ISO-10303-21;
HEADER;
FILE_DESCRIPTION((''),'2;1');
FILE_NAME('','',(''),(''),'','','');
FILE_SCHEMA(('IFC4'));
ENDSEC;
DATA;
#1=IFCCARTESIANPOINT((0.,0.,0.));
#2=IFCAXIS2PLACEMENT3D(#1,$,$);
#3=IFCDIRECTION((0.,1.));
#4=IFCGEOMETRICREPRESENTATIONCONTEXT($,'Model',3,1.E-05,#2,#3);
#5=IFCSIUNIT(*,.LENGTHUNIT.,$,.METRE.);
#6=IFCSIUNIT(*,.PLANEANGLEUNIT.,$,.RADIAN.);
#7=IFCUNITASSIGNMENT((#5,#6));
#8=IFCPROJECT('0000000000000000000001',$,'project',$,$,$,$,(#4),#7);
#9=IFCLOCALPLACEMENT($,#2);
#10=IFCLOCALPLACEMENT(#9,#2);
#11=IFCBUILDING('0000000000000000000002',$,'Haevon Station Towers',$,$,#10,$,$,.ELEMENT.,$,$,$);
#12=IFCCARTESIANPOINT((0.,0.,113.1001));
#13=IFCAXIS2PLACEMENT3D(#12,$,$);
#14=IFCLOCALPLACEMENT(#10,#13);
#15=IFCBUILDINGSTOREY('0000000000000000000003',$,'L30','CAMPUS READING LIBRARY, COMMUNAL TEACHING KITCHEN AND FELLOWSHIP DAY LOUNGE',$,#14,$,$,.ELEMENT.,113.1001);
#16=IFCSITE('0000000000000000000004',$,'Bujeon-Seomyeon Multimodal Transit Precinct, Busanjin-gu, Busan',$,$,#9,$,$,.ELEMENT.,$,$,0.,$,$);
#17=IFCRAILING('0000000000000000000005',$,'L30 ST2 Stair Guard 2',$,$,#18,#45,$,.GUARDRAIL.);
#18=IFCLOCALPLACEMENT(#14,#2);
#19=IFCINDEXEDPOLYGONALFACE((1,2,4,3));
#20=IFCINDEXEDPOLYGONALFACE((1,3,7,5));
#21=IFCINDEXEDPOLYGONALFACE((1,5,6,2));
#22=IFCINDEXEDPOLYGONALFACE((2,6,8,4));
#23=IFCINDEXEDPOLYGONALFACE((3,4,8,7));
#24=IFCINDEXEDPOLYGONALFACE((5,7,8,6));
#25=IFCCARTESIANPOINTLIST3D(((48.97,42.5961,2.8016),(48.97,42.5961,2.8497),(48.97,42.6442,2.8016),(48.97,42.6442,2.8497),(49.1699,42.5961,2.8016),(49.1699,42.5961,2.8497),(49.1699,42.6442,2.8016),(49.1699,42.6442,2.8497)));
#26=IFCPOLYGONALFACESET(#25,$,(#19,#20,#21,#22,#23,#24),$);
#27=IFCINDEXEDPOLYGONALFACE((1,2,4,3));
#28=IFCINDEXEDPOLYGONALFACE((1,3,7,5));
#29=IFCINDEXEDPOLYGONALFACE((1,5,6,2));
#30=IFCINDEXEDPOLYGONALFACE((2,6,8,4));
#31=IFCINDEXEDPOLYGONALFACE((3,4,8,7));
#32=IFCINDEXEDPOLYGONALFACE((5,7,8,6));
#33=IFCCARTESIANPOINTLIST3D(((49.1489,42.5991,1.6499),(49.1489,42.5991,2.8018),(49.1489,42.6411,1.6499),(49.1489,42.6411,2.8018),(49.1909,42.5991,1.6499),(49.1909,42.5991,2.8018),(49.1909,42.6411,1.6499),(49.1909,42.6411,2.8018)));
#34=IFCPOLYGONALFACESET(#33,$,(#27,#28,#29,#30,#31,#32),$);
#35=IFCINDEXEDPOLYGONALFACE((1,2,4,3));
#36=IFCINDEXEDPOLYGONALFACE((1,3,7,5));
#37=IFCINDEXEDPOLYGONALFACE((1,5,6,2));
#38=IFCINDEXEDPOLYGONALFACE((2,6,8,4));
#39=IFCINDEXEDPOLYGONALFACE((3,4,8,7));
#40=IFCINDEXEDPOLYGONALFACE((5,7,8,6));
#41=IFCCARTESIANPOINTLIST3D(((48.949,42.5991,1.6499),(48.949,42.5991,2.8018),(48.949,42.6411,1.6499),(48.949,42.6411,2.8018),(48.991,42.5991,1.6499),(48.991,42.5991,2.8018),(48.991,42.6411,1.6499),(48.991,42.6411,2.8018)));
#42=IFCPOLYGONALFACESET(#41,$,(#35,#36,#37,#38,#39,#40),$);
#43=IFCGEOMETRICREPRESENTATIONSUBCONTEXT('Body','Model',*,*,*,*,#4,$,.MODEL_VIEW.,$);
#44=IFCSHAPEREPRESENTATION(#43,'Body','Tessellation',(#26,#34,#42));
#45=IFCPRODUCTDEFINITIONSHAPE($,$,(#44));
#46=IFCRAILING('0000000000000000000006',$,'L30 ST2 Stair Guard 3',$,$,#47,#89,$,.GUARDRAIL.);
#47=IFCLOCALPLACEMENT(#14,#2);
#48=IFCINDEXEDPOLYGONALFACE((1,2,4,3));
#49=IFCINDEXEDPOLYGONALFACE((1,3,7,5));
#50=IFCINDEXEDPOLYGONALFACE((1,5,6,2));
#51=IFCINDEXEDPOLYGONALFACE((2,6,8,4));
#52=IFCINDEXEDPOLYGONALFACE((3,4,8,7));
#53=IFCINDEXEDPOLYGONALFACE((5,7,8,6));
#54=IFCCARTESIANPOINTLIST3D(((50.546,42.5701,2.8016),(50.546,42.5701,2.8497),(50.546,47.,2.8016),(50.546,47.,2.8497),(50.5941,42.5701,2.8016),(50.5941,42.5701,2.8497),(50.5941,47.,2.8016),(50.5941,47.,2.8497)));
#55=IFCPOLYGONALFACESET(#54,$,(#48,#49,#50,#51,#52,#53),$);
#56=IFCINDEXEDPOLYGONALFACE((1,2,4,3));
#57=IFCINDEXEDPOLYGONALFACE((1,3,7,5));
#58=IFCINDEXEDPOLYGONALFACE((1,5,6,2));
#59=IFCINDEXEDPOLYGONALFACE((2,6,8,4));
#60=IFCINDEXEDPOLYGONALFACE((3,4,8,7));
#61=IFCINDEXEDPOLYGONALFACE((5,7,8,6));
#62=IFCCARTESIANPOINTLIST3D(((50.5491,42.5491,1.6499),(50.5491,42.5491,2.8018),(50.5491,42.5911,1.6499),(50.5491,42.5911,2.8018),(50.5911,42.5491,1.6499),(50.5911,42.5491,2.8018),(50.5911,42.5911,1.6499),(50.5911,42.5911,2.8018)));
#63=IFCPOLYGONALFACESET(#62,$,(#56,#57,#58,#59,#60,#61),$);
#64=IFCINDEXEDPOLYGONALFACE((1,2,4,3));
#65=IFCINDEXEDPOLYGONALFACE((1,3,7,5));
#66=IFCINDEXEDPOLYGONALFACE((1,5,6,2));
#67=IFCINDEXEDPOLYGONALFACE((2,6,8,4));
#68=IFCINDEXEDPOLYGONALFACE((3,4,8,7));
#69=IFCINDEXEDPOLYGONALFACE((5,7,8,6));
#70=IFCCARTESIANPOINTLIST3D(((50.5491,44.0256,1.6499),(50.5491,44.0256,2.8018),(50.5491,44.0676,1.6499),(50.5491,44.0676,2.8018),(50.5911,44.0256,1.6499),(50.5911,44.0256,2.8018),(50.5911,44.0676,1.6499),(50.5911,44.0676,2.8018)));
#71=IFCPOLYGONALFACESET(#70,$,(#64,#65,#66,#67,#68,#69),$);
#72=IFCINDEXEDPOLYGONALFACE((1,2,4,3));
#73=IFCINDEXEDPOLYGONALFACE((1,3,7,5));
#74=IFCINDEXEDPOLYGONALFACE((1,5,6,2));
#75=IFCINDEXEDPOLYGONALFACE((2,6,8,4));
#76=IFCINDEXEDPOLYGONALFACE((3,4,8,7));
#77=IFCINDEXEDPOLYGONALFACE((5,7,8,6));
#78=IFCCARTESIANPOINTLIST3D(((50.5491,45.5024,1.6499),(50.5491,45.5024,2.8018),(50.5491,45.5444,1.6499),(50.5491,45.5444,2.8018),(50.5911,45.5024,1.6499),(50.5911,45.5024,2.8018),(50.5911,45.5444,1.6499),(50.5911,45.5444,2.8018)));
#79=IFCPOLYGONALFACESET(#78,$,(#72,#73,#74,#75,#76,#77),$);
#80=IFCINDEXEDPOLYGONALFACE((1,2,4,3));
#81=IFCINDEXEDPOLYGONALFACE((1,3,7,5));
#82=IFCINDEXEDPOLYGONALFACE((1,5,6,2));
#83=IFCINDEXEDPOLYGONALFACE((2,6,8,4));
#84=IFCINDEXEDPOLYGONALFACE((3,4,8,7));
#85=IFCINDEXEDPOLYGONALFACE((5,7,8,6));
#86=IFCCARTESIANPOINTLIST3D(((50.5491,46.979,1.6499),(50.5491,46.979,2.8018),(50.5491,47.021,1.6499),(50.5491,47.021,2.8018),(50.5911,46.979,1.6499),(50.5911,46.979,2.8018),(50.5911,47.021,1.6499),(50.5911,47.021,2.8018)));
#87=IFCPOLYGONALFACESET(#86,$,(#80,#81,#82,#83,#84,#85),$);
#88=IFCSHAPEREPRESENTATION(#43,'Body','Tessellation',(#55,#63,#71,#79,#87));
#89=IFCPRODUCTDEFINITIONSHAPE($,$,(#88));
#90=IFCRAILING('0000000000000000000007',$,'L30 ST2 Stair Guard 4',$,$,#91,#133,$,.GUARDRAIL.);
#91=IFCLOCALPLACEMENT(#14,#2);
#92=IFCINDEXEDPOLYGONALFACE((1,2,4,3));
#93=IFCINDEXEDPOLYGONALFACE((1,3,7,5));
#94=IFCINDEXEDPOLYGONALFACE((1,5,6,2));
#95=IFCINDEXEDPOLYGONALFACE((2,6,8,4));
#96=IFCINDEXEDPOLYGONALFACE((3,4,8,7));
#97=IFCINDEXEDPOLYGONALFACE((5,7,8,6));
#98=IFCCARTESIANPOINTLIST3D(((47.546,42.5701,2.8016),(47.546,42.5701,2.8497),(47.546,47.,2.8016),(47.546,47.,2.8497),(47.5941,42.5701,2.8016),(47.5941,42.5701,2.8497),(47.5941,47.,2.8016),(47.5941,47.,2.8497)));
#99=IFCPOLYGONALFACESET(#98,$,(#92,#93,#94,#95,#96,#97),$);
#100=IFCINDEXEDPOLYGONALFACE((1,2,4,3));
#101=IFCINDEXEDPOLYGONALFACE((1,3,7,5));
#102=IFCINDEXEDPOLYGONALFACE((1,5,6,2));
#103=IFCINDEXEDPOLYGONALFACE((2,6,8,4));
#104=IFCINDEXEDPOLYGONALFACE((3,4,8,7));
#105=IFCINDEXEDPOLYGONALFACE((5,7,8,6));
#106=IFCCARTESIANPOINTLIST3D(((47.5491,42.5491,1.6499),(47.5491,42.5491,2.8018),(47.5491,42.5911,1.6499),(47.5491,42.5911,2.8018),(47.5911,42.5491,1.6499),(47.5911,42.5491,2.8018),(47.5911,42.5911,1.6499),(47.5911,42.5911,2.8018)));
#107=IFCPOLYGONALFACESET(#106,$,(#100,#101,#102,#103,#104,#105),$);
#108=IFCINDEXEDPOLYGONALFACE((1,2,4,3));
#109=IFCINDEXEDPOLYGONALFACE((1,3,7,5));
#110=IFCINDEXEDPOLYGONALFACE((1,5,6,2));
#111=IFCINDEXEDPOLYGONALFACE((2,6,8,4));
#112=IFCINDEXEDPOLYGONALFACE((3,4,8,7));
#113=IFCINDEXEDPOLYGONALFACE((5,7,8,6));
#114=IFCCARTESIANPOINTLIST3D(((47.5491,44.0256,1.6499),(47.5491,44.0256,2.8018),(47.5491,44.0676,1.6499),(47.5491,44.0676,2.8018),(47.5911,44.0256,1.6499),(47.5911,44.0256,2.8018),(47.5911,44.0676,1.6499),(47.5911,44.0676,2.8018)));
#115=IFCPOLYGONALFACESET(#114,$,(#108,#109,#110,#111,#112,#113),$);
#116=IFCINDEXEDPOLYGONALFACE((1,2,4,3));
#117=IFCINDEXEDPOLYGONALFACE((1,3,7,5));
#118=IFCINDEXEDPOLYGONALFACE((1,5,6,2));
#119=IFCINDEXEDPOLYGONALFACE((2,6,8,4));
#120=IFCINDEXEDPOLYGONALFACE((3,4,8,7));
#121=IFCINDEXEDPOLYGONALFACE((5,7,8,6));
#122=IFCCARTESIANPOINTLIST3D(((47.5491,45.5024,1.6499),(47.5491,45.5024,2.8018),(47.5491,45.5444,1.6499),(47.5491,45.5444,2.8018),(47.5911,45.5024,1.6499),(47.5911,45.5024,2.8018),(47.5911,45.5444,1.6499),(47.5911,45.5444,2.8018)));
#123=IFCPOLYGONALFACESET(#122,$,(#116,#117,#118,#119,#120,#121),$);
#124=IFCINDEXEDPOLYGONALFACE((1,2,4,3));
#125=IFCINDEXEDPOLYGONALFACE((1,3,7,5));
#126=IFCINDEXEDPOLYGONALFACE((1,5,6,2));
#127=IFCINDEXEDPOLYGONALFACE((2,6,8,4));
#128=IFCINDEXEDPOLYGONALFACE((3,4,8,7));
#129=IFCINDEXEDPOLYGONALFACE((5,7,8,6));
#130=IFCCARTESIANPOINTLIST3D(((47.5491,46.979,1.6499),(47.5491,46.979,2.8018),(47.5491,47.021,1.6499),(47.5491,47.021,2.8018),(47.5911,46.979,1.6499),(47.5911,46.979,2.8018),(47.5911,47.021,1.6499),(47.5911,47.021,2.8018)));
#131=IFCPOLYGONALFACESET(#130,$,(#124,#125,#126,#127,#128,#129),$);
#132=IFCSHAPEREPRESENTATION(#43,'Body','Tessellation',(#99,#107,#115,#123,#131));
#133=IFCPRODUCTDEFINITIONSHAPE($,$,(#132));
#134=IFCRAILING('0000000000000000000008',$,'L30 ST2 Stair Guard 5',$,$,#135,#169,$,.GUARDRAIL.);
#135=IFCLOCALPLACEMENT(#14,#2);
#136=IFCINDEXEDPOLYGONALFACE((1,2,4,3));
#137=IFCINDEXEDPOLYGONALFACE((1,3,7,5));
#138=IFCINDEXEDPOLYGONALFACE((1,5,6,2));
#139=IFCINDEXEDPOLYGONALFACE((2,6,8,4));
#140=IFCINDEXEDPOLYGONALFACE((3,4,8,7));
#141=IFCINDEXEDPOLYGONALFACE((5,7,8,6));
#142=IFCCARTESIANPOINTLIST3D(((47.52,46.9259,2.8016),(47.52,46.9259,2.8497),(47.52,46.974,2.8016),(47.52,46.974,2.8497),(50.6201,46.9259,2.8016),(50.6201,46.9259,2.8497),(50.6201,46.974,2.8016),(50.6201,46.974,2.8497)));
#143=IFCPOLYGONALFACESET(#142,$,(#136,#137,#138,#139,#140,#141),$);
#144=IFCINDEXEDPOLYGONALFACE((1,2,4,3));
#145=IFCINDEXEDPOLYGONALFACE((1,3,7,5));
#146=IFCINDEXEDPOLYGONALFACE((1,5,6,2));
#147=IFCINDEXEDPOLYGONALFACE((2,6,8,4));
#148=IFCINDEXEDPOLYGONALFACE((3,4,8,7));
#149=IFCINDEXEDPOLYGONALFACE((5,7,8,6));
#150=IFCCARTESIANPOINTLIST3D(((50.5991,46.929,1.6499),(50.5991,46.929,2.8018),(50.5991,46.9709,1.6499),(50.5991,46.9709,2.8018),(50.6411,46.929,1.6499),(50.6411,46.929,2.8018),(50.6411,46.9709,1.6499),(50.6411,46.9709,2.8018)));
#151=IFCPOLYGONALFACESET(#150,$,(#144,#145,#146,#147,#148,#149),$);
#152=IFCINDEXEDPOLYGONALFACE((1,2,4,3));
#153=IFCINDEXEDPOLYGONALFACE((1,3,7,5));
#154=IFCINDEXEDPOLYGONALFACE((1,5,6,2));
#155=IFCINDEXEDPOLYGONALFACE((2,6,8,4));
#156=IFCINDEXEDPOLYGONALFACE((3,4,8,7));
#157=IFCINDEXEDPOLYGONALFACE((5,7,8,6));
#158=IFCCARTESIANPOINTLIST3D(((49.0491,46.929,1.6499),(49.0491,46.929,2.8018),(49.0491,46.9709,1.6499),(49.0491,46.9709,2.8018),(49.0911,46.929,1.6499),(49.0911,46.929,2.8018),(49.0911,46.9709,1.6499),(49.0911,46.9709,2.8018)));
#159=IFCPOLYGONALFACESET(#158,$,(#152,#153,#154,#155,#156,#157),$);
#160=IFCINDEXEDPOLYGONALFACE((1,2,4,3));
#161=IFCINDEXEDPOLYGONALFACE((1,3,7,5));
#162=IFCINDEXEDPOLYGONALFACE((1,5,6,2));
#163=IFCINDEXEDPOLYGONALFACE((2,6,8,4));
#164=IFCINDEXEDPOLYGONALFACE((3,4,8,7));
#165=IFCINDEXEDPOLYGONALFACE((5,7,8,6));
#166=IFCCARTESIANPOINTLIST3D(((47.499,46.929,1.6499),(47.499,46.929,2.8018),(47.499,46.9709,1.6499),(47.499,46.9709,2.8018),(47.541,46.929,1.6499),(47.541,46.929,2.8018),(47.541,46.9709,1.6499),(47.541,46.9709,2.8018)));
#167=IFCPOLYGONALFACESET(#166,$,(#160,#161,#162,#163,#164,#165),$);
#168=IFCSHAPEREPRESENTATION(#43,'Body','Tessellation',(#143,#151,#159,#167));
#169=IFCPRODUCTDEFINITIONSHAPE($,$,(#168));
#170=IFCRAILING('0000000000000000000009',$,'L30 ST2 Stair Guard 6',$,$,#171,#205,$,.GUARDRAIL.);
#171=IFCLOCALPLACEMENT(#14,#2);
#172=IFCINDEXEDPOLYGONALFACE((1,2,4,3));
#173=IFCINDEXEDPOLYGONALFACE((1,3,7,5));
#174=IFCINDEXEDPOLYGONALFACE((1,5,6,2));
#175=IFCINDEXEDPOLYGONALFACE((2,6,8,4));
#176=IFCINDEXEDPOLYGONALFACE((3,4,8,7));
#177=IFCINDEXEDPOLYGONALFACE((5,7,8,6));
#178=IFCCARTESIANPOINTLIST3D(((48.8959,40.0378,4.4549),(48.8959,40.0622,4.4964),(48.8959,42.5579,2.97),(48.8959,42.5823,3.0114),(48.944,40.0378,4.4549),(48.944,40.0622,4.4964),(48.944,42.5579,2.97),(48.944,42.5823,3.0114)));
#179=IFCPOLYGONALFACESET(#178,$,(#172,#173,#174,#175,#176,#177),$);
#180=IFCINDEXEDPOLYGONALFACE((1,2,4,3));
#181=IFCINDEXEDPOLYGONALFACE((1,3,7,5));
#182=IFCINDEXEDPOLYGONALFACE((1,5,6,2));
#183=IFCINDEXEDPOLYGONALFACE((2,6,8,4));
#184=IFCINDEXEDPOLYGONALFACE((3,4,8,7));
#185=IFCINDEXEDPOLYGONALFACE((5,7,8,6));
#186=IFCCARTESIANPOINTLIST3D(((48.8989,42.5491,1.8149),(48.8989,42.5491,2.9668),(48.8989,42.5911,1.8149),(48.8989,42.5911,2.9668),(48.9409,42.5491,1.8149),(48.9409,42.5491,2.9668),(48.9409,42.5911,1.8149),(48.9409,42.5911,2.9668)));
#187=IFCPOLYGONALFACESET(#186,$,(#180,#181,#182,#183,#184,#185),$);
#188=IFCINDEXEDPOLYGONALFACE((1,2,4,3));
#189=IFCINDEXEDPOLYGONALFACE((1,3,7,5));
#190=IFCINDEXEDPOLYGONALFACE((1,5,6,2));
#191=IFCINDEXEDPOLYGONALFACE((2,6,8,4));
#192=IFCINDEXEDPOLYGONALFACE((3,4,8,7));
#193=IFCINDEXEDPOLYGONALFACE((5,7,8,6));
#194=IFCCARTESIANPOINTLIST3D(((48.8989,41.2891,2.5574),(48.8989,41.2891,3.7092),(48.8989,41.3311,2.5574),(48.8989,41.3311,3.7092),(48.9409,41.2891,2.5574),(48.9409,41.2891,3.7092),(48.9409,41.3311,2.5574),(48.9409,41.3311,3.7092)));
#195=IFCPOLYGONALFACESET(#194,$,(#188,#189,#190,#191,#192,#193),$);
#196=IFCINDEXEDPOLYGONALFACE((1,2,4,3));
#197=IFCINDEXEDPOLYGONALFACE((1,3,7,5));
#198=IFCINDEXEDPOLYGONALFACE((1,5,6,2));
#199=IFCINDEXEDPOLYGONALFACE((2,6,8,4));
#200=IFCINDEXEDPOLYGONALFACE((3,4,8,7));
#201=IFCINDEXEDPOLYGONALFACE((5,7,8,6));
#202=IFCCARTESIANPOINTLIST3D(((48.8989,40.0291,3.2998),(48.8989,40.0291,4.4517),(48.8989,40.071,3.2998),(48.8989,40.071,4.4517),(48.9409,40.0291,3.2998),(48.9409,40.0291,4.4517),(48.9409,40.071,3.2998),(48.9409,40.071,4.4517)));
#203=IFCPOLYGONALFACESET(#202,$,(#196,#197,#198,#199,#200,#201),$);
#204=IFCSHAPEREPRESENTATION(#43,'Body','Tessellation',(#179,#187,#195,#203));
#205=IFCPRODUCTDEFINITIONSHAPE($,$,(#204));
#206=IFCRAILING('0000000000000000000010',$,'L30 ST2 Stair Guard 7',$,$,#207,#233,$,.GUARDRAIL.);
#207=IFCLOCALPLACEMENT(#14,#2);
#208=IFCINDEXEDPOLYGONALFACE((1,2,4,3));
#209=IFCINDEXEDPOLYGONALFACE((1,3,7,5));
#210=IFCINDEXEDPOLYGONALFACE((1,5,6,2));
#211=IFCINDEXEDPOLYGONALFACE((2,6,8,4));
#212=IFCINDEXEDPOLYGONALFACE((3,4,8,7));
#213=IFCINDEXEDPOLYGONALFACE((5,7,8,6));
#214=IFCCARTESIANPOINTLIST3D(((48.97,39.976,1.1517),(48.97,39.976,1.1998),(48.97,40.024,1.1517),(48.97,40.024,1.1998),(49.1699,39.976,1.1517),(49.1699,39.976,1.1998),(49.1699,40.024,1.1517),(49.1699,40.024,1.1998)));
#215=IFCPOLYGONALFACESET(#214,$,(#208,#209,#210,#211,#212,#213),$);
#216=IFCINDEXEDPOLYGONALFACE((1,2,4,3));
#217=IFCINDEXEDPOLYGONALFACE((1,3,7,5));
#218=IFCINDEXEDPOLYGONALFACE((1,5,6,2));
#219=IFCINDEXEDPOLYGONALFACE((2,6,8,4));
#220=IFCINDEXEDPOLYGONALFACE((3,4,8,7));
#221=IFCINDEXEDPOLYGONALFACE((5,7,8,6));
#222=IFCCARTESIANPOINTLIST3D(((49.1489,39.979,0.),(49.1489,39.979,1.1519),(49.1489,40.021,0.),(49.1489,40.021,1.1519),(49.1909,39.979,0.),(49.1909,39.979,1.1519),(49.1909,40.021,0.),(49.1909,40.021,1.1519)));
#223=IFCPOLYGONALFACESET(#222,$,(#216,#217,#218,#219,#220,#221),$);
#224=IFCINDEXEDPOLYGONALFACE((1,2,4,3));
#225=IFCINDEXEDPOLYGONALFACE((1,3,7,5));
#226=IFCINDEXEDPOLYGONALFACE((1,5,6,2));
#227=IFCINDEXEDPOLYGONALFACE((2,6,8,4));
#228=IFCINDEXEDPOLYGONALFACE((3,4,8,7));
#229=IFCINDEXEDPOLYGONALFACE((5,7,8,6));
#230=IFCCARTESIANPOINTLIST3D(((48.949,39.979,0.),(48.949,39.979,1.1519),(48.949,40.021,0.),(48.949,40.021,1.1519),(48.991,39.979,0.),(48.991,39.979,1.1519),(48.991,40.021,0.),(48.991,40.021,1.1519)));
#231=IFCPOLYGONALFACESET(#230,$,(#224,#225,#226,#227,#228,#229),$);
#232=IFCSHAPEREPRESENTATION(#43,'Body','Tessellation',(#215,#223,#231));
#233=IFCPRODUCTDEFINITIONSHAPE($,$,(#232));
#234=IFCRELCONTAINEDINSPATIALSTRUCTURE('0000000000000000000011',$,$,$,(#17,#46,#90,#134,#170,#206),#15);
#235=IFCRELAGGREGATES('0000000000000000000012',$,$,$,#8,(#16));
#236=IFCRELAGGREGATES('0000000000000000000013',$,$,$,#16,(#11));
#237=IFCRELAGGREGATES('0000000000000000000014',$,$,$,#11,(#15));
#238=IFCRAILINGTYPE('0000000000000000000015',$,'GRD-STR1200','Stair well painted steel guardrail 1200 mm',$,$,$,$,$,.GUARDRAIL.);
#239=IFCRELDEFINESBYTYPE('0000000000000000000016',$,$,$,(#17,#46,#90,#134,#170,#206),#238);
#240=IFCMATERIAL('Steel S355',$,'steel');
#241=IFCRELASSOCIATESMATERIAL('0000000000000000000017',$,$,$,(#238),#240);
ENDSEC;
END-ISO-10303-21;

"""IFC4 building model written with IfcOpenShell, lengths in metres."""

from ifc_helpers import new_model, si_unit, direction, frame, origin, origin_2d, place, context, subcontext, project, spatial, rectangle, extrude, material, type_object, element, save


model = new_model("IFC4")

# Units and contexts
model_context = context("Model", 3, precision=1e-05, world=origin(), true_north=direction((0.0, 1.0)))
body_context = subcontext(model_context, "Body", "Model", "MODEL_VIEW")
ifc_project = project(units=[si_unit("LENGTHUNIT", "METRE"), si_unit("PLANEANGLEUNIT", "RADIAN")], contexts=[model_context])

# Site, building, storey
site_placement = place(None, origin())
site = spatial("IfcSite", under=ifc_project, at=site_placement, Name="Bujeon-Seomyeon Multimodal Transit Precinct, Busanjin-gu, Busan", CompositionType="ELEMENT", RefElevation=0.0)
building_placement = place(site_placement, origin())
building = spatial("IfcBuilding", under=site, at=building_placement, Name="Haevon Station Towers", CompositionType="ELEMENT")
storey_placement = place(building_placement, frame((0.0, 0.0, 113.1001)))
storey = spatial("IfcBuildingStorey", under=building, at=storey_placement, Name="L30", Description="CAMPUS READING LIBRARY, COMMUNAL TEACHING KITCHEN AND FELLOWSHIP DAY LOUNGE", CompositionType="ELEMENT", Elevation=113.1001)

# Shared definitions
ifc_material_1 = material(Name="Steel S355", Category="steel")

# Railings
railing_type_1 = type_object("IfcRailingType", Name="GRD-STR1200", Description="Stair well painted steel guardrail 1200 mm", PredefinedType="GUARDRAIL", material=ifc_material_1)
railing_1_placement = place(storey_placement, frame((49.1699, 42.6201, 1.6499)))
element("IfcRailing", 1, at=railing_1_placement, inside=storey, type_object=railing_type_1, Name="L30 ST2 Stair Guard 2", PredefinedType="GUARDRAIL", context=body_context, shape_type="SweptSolid", body=[
    extrude(rectangle(XDim=0.0481, YDim=0.0481, at=origin_2d()), frame((0.0, 0.0, 1.1758), z_axis=(-1.0, 0.0, 0.0), x_axis=(0.0, -1.0, 0.0)), (0.0, 0.0, 1.0), 0.2),
    extrude(rectangle(XDim=0.042, YDim=0.042, at=origin_2d()), origin(), (0.0, 0.0, 1.0), 1.1519),
    extrude(rectangle(XDim=0.042, YDim=0.042, at=origin_2d()), frame((-0.2, 0.0, 0.0)), (0.0, 0.0, 1.0), 1.1519),
])
for number, where, name in (
    (2, (50.5701, 42.5701, 1.6499), "L30 ST2 Stair Guard 3"),
    (3, (47.5701, 42.5701, 1.6499), "L30 ST2 Stair Guard 4"),
):
    element("IfcRailing", number, at=place(storey_placement, frame(where)), inside=storey, type_object=railing_type_1, Name=name, PredefinedType="GUARDRAIL", context=body_context, shape_type="SweptSolid", body=[
        extrude(rectangle(XDim=0.0481, YDim=0.0481, at=origin_2d()), frame((0.0, 0.0, 1.1758), z_axis=(0.0, 1.0, 0.0), x_axis=(-1.0, 0.0, 0.0)), (0.0, 0.0, 1.0), 4.4299),
        extrude(rectangle(XDim=0.042, YDim=0.042, at=origin_2d()), origin(), (0.0, 0.0, 1.0), 1.1519),
        extrude(rectangle(XDim=0.042, YDim=0.042, at=origin_2d()), frame((0.0, 1.4766, 0.0)), (0.0, 0.0, 1.0), 1.1519),
        extrude(rectangle(XDim=0.042, YDim=0.042, at=origin_2d()), frame((0.0, 2.9534, 0.0)), (0.0, 0.0, 1.0), 1.1519),
        extrude(rectangle(XDim=0.042, YDim=0.042, at=origin_2d()), frame((0.0, 4.4299, 0.0)), (0.0, 0.0, 1.0), 1.1519),
    ])
railing_2_placement = place(storey_placement, frame((50.6201, 46.95, 1.6499)))
element("IfcRailing", 4, at=railing_2_placement, inside=storey, type_object=railing_type_1, Name="L30 ST2 Stair Guard 5", PredefinedType="GUARDRAIL", context=body_context, shape_type="SweptSolid", body=[
    extrude(rectangle(XDim=0.0481, YDim=0.0481, at=origin_2d()), frame((0.0, 0.0, 1.1758), z_axis=(-1.0, 0.0, 0.0), x_axis=(0.0, -1.0, 0.0)), (0.0, 0.0, 1.0), 3.1001),
    extrude(rectangle(XDim=0.042, YDim=0.042, at=origin_2d()), origin(), (0.0, 0.0, 1.0), 1.1519),
    extrude(rectangle(XDim=0.042, YDim=0.042, at=origin_2d()), frame((-1.55, 0.0, 0.0)), (0.0, 0.0, 1.0), 1.1519),
    extrude(rectangle(XDim=0.042, YDim=0.042, at=origin_2d()), frame((-3.1001, 0.0, 0.0)), (0.0, 0.0, 1.0), 1.1519),
])
railing_3_placement = place(storey_placement, frame((48.9199, 42.5701, 1.8149)))
element("IfcRailing", 5, at=railing_3_placement, inside=storey, type_object=railing_type_1, Name="L30 ST2 Stair Guard 6", PredefinedType="GUARDRAIL", context=body_context, shape_type="SweptSolid", body=[
    extrude(rectangle(XDim=0.0481, YDim=0.0481, at=origin_2d()), frame((0.0, 0.0, 1.1758), z_axis=(0.0, -0.861561, 0.507655), x_axis=(1.0, 0.0, 0.0)), (0.0, 0.0, 1.0), 2.925),
    extrude(rectangle(XDim=0.042, YDim=0.042, at=origin_2d()), origin(), (0.0, 0.0, 1.0), 1.1519),
    extrude(rectangle(XDim=0.042, YDim=0.042, at=origin_2d()), frame((0.0, -1.26, 0.7424)), (0.0, 0.0, 1.0), 1.1519),
    extrude(rectangle(XDim=0.042, YDim=0.042, at=origin_2d()), frame((0.0, -2.52, 1.4849)), (0.0, 0.0, 1.0), 1.1519),
])
railing_4_placement = place(storey_placement, frame((49.1699, 40.0, 0.0)))
element("IfcRailing", 6, at=railing_4_placement, inside=storey, type_object=railing_type_1, Name="L30 ST2 Stair Guard 7", PredefinedType="GUARDRAIL", context=body_context, shape_type="SweptSolid", body=[
    extrude(rectangle(XDim=0.0481, YDim=0.0481, at=origin_2d()), frame((0.0, 0.0, 1.1758), z_axis=(-1.0, 0.0, 0.0), x_axis=(0.0, -1.0, 0.0)), (0.0, 0.0, 1.0), 0.2),
    extrude(rectangle(XDim=0.042, YDim=0.042, at=origin_2d()), origin(), (0.0, 0.0, 1.0), 1.1519),
    extrude(rectangle(XDim=0.042, YDim=0.042, at=origin_2d()), frame((-0.2, 0.0, 0.0)), (0.0, 0.0, 1.0), 1.1519),
])

save(model, "model.ifc")
